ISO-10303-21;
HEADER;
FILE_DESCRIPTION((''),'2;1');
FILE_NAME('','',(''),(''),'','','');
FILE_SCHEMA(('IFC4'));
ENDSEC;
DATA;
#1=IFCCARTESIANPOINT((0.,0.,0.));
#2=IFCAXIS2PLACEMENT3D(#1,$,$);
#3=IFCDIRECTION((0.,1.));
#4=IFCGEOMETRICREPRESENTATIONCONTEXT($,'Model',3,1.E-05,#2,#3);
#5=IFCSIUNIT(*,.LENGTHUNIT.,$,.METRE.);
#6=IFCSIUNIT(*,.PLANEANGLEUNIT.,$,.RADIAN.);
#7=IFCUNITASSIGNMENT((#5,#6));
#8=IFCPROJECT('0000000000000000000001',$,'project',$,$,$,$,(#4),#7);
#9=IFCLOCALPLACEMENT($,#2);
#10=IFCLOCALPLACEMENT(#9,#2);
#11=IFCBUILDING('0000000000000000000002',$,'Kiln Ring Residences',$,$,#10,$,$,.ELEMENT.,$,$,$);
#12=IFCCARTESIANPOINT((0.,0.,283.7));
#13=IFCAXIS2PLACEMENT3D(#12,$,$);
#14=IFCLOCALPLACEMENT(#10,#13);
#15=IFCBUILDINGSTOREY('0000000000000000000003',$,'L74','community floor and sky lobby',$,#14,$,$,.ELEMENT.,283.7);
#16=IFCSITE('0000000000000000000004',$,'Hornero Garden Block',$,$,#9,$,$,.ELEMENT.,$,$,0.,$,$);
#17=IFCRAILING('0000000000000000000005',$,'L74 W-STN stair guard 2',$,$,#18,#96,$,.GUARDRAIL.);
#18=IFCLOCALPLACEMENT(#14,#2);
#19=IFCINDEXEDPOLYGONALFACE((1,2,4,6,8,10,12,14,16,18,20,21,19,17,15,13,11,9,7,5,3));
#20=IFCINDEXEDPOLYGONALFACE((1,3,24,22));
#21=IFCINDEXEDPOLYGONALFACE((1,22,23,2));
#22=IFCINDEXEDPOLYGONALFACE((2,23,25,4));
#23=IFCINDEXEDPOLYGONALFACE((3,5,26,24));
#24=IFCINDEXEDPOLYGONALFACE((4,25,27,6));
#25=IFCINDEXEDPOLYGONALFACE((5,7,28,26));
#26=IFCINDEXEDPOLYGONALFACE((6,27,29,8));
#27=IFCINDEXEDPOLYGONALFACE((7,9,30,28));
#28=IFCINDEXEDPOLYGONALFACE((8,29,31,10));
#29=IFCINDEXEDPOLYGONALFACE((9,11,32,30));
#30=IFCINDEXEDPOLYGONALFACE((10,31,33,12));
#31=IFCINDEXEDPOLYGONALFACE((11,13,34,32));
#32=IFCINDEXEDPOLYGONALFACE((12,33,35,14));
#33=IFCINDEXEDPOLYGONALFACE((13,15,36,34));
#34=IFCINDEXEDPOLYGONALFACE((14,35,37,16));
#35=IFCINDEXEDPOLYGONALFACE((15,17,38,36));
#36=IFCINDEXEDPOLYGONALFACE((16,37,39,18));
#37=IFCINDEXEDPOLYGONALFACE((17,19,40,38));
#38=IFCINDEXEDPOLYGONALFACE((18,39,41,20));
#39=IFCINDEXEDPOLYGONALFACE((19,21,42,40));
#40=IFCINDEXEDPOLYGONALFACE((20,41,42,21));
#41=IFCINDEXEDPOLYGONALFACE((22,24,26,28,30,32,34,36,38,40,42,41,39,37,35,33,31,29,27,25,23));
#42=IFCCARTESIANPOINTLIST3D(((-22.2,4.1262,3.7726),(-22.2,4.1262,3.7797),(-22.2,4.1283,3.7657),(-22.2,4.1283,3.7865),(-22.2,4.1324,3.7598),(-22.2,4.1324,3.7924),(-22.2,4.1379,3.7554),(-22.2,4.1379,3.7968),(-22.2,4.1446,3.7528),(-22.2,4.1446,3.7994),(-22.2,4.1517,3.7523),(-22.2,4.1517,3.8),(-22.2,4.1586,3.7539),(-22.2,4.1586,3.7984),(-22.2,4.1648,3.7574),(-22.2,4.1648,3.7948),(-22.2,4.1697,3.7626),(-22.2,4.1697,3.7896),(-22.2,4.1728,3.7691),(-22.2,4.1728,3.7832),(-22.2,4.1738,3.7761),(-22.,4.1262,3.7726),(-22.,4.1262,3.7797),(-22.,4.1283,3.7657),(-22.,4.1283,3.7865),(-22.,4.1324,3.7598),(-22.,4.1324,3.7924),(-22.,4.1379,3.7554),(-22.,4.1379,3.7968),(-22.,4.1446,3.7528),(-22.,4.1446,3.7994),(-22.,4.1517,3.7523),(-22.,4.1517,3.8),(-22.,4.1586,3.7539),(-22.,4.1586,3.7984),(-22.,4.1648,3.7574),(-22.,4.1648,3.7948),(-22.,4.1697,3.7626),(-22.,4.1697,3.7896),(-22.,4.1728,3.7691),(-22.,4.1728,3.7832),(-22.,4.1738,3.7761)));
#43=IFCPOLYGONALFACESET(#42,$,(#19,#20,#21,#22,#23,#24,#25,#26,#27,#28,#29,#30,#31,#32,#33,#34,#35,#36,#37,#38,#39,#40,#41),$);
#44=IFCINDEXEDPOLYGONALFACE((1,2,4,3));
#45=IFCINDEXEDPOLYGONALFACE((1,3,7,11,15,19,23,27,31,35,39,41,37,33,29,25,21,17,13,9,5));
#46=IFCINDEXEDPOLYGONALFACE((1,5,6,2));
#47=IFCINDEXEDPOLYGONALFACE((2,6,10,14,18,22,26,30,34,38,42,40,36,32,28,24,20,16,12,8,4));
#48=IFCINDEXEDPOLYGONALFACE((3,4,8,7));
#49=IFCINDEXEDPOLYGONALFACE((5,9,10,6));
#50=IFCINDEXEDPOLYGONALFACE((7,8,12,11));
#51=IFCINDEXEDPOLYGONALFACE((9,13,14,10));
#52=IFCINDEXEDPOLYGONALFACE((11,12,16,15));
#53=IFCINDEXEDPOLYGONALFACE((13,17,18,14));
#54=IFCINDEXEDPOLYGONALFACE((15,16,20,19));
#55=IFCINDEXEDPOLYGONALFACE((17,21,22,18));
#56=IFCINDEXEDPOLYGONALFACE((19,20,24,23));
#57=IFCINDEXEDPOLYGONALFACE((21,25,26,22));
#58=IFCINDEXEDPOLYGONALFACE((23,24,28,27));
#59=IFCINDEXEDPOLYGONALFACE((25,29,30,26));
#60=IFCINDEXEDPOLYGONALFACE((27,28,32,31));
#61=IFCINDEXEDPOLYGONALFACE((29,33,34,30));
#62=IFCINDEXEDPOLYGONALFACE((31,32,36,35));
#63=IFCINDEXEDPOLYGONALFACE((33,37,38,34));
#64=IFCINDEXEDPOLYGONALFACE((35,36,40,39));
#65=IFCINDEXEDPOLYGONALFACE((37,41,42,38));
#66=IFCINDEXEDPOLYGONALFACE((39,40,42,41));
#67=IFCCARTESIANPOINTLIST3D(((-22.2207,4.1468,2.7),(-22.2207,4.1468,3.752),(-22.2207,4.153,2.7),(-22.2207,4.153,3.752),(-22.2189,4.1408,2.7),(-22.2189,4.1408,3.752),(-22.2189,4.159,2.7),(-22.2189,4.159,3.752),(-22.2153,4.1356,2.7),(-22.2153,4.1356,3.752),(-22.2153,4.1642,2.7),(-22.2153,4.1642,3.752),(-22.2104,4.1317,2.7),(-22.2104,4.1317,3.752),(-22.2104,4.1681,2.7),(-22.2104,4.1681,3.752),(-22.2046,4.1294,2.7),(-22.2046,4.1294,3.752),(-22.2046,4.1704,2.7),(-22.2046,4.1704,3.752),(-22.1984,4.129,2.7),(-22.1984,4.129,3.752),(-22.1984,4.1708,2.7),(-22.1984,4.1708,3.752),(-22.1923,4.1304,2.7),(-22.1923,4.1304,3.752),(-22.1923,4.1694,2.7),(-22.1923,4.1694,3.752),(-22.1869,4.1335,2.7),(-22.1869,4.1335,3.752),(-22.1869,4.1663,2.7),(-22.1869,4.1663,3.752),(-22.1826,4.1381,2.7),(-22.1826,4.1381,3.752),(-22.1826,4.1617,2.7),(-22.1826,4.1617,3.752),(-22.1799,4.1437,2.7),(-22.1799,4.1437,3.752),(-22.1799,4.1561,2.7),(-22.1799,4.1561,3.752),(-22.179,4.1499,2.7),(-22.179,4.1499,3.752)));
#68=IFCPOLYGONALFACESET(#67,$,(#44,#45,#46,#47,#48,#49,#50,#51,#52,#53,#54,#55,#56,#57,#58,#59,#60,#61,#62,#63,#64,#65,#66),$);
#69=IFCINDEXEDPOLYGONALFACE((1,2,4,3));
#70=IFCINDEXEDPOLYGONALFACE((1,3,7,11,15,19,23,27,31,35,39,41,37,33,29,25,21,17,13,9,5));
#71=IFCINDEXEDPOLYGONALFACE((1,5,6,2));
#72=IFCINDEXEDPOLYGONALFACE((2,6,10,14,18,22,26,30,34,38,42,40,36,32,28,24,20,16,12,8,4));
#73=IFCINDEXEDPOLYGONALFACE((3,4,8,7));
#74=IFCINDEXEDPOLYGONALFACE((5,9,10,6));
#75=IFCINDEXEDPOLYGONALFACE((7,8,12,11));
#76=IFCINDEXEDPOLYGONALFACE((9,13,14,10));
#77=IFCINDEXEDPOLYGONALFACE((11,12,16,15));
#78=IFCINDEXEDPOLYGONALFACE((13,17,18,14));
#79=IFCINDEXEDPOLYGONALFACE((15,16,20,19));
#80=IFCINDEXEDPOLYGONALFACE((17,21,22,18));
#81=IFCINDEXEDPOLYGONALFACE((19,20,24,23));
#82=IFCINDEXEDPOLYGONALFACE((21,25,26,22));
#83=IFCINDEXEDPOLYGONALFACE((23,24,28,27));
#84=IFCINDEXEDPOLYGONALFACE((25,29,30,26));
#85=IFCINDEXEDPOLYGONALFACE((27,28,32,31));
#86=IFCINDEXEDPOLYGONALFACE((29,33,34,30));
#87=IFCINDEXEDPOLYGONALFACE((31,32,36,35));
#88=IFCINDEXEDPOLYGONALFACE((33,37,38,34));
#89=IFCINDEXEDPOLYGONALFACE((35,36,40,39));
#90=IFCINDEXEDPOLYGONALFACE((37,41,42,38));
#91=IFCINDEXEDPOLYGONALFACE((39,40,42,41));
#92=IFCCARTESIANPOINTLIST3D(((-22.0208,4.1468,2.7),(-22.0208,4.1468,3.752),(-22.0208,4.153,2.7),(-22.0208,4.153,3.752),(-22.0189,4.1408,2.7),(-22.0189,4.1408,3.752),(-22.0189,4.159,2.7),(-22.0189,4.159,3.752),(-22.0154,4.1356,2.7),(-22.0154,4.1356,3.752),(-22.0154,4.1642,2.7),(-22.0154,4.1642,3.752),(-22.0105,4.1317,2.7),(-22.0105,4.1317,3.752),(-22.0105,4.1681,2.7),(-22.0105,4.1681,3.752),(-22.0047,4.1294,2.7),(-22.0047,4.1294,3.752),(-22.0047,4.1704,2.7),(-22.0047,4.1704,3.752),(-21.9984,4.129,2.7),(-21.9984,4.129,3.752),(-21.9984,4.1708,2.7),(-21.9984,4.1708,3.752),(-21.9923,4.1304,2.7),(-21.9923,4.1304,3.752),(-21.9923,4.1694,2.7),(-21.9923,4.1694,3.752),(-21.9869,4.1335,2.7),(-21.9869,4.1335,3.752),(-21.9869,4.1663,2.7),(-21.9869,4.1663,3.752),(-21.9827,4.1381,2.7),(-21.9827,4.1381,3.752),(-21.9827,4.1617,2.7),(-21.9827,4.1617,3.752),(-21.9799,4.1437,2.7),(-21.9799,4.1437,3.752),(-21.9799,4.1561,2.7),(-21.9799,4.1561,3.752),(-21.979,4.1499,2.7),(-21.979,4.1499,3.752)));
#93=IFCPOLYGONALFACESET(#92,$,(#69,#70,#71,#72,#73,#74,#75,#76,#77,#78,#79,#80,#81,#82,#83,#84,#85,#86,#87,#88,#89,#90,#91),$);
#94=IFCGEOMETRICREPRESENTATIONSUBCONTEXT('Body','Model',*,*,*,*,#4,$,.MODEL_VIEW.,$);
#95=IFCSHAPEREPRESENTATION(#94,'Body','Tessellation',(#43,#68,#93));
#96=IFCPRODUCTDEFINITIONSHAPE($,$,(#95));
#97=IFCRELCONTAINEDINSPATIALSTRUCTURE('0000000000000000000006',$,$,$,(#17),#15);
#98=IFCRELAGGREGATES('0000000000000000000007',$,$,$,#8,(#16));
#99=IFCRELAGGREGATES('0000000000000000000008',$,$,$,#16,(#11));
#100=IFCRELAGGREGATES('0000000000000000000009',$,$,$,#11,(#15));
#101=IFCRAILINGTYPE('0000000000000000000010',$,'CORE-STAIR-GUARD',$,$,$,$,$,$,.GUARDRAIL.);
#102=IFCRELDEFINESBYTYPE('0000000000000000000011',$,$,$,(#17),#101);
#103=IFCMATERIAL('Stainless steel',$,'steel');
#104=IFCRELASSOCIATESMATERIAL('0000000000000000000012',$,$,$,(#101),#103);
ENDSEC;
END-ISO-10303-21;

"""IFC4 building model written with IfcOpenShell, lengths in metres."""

from ifc_helpers import new_model, si_unit, direction, frame, origin, origin_2d, place, context, subcontext, project, spatial, circle, extrude, material, type_object, element, save


model = new_model("IFC4")

# Units and contexts
model_context = context("Model", 3, precision=1e-05, world=origin(), true_north=direction((0.0, 1.0)))
body_context = subcontext(model_context, "Body", "Model", "MODEL_VIEW")
ifc_project = project(units=[si_unit("LENGTHUNIT", "METRE"), si_unit("PLANEANGLEUNIT", "RADIAN")], contexts=[model_context])

# Site, building, storey
site_placement = place(None, origin())
site = spatial("IfcSite", under=ifc_project, at=site_placement, Name="Hornero Garden Block", CompositionType="ELEMENT", RefElevation=0.0)
building_placement = place(site_placement, origin())
building = spatial("IfcBuilding", under=site, at=building_placement, Name="Kiln Ring Residences", CompositionType="ELEMENT")
storey_placement = place(building_placement, frame((0.0, 0.0, 283.7)))
storey = spatial("IfcBuildingStorey", under=building, at=storey_placement, Name="L74", Description="community floor and sky lobby", CompositionType="ELEMENT", Elevation=283.7)

# Railing
ifc_material_1 = material(Name="Stainless steel", Category="steel")
railing_type_1 = type_object("IfcRailingType", Name="CORE-STAIR-GUARD", PredefinedType="GUARDRAIL", material=ifc_material_1)
railing_1_placement = place(storey_placement, frame((-22.2, 4.1499, 2.7)))
element("IfcRailing", 1, at=railing_1_placement, inside=storey, type_object=railing_type_1, Name="L74 W-STN stair guard 2", PredefinedType="GUARDRAIL", context=body_context, shape_type="SweptSolid", body=[
    extrude(circle(Radius=0.0239, at=origin_2d()), frame((0.0, 0.0, 1.0762), z_axis=(1.0, 0.0, 0.0), x_axis=(0.0, 1.0, 0.0)), (0.0, 0.0, 1.0), 0.2),
    extrude(circle(Radius=0.021, at=origin_2d()), origin(), (0.0, 0.0, 1.0), 1.052),
    extrude(circle(Radius=0.021, at=origin_2d()), frame((0.2, 0.0, 0.0)), (0.0, 0.0, 1.0), 1.052),
])

save(model, "model.ifc")
